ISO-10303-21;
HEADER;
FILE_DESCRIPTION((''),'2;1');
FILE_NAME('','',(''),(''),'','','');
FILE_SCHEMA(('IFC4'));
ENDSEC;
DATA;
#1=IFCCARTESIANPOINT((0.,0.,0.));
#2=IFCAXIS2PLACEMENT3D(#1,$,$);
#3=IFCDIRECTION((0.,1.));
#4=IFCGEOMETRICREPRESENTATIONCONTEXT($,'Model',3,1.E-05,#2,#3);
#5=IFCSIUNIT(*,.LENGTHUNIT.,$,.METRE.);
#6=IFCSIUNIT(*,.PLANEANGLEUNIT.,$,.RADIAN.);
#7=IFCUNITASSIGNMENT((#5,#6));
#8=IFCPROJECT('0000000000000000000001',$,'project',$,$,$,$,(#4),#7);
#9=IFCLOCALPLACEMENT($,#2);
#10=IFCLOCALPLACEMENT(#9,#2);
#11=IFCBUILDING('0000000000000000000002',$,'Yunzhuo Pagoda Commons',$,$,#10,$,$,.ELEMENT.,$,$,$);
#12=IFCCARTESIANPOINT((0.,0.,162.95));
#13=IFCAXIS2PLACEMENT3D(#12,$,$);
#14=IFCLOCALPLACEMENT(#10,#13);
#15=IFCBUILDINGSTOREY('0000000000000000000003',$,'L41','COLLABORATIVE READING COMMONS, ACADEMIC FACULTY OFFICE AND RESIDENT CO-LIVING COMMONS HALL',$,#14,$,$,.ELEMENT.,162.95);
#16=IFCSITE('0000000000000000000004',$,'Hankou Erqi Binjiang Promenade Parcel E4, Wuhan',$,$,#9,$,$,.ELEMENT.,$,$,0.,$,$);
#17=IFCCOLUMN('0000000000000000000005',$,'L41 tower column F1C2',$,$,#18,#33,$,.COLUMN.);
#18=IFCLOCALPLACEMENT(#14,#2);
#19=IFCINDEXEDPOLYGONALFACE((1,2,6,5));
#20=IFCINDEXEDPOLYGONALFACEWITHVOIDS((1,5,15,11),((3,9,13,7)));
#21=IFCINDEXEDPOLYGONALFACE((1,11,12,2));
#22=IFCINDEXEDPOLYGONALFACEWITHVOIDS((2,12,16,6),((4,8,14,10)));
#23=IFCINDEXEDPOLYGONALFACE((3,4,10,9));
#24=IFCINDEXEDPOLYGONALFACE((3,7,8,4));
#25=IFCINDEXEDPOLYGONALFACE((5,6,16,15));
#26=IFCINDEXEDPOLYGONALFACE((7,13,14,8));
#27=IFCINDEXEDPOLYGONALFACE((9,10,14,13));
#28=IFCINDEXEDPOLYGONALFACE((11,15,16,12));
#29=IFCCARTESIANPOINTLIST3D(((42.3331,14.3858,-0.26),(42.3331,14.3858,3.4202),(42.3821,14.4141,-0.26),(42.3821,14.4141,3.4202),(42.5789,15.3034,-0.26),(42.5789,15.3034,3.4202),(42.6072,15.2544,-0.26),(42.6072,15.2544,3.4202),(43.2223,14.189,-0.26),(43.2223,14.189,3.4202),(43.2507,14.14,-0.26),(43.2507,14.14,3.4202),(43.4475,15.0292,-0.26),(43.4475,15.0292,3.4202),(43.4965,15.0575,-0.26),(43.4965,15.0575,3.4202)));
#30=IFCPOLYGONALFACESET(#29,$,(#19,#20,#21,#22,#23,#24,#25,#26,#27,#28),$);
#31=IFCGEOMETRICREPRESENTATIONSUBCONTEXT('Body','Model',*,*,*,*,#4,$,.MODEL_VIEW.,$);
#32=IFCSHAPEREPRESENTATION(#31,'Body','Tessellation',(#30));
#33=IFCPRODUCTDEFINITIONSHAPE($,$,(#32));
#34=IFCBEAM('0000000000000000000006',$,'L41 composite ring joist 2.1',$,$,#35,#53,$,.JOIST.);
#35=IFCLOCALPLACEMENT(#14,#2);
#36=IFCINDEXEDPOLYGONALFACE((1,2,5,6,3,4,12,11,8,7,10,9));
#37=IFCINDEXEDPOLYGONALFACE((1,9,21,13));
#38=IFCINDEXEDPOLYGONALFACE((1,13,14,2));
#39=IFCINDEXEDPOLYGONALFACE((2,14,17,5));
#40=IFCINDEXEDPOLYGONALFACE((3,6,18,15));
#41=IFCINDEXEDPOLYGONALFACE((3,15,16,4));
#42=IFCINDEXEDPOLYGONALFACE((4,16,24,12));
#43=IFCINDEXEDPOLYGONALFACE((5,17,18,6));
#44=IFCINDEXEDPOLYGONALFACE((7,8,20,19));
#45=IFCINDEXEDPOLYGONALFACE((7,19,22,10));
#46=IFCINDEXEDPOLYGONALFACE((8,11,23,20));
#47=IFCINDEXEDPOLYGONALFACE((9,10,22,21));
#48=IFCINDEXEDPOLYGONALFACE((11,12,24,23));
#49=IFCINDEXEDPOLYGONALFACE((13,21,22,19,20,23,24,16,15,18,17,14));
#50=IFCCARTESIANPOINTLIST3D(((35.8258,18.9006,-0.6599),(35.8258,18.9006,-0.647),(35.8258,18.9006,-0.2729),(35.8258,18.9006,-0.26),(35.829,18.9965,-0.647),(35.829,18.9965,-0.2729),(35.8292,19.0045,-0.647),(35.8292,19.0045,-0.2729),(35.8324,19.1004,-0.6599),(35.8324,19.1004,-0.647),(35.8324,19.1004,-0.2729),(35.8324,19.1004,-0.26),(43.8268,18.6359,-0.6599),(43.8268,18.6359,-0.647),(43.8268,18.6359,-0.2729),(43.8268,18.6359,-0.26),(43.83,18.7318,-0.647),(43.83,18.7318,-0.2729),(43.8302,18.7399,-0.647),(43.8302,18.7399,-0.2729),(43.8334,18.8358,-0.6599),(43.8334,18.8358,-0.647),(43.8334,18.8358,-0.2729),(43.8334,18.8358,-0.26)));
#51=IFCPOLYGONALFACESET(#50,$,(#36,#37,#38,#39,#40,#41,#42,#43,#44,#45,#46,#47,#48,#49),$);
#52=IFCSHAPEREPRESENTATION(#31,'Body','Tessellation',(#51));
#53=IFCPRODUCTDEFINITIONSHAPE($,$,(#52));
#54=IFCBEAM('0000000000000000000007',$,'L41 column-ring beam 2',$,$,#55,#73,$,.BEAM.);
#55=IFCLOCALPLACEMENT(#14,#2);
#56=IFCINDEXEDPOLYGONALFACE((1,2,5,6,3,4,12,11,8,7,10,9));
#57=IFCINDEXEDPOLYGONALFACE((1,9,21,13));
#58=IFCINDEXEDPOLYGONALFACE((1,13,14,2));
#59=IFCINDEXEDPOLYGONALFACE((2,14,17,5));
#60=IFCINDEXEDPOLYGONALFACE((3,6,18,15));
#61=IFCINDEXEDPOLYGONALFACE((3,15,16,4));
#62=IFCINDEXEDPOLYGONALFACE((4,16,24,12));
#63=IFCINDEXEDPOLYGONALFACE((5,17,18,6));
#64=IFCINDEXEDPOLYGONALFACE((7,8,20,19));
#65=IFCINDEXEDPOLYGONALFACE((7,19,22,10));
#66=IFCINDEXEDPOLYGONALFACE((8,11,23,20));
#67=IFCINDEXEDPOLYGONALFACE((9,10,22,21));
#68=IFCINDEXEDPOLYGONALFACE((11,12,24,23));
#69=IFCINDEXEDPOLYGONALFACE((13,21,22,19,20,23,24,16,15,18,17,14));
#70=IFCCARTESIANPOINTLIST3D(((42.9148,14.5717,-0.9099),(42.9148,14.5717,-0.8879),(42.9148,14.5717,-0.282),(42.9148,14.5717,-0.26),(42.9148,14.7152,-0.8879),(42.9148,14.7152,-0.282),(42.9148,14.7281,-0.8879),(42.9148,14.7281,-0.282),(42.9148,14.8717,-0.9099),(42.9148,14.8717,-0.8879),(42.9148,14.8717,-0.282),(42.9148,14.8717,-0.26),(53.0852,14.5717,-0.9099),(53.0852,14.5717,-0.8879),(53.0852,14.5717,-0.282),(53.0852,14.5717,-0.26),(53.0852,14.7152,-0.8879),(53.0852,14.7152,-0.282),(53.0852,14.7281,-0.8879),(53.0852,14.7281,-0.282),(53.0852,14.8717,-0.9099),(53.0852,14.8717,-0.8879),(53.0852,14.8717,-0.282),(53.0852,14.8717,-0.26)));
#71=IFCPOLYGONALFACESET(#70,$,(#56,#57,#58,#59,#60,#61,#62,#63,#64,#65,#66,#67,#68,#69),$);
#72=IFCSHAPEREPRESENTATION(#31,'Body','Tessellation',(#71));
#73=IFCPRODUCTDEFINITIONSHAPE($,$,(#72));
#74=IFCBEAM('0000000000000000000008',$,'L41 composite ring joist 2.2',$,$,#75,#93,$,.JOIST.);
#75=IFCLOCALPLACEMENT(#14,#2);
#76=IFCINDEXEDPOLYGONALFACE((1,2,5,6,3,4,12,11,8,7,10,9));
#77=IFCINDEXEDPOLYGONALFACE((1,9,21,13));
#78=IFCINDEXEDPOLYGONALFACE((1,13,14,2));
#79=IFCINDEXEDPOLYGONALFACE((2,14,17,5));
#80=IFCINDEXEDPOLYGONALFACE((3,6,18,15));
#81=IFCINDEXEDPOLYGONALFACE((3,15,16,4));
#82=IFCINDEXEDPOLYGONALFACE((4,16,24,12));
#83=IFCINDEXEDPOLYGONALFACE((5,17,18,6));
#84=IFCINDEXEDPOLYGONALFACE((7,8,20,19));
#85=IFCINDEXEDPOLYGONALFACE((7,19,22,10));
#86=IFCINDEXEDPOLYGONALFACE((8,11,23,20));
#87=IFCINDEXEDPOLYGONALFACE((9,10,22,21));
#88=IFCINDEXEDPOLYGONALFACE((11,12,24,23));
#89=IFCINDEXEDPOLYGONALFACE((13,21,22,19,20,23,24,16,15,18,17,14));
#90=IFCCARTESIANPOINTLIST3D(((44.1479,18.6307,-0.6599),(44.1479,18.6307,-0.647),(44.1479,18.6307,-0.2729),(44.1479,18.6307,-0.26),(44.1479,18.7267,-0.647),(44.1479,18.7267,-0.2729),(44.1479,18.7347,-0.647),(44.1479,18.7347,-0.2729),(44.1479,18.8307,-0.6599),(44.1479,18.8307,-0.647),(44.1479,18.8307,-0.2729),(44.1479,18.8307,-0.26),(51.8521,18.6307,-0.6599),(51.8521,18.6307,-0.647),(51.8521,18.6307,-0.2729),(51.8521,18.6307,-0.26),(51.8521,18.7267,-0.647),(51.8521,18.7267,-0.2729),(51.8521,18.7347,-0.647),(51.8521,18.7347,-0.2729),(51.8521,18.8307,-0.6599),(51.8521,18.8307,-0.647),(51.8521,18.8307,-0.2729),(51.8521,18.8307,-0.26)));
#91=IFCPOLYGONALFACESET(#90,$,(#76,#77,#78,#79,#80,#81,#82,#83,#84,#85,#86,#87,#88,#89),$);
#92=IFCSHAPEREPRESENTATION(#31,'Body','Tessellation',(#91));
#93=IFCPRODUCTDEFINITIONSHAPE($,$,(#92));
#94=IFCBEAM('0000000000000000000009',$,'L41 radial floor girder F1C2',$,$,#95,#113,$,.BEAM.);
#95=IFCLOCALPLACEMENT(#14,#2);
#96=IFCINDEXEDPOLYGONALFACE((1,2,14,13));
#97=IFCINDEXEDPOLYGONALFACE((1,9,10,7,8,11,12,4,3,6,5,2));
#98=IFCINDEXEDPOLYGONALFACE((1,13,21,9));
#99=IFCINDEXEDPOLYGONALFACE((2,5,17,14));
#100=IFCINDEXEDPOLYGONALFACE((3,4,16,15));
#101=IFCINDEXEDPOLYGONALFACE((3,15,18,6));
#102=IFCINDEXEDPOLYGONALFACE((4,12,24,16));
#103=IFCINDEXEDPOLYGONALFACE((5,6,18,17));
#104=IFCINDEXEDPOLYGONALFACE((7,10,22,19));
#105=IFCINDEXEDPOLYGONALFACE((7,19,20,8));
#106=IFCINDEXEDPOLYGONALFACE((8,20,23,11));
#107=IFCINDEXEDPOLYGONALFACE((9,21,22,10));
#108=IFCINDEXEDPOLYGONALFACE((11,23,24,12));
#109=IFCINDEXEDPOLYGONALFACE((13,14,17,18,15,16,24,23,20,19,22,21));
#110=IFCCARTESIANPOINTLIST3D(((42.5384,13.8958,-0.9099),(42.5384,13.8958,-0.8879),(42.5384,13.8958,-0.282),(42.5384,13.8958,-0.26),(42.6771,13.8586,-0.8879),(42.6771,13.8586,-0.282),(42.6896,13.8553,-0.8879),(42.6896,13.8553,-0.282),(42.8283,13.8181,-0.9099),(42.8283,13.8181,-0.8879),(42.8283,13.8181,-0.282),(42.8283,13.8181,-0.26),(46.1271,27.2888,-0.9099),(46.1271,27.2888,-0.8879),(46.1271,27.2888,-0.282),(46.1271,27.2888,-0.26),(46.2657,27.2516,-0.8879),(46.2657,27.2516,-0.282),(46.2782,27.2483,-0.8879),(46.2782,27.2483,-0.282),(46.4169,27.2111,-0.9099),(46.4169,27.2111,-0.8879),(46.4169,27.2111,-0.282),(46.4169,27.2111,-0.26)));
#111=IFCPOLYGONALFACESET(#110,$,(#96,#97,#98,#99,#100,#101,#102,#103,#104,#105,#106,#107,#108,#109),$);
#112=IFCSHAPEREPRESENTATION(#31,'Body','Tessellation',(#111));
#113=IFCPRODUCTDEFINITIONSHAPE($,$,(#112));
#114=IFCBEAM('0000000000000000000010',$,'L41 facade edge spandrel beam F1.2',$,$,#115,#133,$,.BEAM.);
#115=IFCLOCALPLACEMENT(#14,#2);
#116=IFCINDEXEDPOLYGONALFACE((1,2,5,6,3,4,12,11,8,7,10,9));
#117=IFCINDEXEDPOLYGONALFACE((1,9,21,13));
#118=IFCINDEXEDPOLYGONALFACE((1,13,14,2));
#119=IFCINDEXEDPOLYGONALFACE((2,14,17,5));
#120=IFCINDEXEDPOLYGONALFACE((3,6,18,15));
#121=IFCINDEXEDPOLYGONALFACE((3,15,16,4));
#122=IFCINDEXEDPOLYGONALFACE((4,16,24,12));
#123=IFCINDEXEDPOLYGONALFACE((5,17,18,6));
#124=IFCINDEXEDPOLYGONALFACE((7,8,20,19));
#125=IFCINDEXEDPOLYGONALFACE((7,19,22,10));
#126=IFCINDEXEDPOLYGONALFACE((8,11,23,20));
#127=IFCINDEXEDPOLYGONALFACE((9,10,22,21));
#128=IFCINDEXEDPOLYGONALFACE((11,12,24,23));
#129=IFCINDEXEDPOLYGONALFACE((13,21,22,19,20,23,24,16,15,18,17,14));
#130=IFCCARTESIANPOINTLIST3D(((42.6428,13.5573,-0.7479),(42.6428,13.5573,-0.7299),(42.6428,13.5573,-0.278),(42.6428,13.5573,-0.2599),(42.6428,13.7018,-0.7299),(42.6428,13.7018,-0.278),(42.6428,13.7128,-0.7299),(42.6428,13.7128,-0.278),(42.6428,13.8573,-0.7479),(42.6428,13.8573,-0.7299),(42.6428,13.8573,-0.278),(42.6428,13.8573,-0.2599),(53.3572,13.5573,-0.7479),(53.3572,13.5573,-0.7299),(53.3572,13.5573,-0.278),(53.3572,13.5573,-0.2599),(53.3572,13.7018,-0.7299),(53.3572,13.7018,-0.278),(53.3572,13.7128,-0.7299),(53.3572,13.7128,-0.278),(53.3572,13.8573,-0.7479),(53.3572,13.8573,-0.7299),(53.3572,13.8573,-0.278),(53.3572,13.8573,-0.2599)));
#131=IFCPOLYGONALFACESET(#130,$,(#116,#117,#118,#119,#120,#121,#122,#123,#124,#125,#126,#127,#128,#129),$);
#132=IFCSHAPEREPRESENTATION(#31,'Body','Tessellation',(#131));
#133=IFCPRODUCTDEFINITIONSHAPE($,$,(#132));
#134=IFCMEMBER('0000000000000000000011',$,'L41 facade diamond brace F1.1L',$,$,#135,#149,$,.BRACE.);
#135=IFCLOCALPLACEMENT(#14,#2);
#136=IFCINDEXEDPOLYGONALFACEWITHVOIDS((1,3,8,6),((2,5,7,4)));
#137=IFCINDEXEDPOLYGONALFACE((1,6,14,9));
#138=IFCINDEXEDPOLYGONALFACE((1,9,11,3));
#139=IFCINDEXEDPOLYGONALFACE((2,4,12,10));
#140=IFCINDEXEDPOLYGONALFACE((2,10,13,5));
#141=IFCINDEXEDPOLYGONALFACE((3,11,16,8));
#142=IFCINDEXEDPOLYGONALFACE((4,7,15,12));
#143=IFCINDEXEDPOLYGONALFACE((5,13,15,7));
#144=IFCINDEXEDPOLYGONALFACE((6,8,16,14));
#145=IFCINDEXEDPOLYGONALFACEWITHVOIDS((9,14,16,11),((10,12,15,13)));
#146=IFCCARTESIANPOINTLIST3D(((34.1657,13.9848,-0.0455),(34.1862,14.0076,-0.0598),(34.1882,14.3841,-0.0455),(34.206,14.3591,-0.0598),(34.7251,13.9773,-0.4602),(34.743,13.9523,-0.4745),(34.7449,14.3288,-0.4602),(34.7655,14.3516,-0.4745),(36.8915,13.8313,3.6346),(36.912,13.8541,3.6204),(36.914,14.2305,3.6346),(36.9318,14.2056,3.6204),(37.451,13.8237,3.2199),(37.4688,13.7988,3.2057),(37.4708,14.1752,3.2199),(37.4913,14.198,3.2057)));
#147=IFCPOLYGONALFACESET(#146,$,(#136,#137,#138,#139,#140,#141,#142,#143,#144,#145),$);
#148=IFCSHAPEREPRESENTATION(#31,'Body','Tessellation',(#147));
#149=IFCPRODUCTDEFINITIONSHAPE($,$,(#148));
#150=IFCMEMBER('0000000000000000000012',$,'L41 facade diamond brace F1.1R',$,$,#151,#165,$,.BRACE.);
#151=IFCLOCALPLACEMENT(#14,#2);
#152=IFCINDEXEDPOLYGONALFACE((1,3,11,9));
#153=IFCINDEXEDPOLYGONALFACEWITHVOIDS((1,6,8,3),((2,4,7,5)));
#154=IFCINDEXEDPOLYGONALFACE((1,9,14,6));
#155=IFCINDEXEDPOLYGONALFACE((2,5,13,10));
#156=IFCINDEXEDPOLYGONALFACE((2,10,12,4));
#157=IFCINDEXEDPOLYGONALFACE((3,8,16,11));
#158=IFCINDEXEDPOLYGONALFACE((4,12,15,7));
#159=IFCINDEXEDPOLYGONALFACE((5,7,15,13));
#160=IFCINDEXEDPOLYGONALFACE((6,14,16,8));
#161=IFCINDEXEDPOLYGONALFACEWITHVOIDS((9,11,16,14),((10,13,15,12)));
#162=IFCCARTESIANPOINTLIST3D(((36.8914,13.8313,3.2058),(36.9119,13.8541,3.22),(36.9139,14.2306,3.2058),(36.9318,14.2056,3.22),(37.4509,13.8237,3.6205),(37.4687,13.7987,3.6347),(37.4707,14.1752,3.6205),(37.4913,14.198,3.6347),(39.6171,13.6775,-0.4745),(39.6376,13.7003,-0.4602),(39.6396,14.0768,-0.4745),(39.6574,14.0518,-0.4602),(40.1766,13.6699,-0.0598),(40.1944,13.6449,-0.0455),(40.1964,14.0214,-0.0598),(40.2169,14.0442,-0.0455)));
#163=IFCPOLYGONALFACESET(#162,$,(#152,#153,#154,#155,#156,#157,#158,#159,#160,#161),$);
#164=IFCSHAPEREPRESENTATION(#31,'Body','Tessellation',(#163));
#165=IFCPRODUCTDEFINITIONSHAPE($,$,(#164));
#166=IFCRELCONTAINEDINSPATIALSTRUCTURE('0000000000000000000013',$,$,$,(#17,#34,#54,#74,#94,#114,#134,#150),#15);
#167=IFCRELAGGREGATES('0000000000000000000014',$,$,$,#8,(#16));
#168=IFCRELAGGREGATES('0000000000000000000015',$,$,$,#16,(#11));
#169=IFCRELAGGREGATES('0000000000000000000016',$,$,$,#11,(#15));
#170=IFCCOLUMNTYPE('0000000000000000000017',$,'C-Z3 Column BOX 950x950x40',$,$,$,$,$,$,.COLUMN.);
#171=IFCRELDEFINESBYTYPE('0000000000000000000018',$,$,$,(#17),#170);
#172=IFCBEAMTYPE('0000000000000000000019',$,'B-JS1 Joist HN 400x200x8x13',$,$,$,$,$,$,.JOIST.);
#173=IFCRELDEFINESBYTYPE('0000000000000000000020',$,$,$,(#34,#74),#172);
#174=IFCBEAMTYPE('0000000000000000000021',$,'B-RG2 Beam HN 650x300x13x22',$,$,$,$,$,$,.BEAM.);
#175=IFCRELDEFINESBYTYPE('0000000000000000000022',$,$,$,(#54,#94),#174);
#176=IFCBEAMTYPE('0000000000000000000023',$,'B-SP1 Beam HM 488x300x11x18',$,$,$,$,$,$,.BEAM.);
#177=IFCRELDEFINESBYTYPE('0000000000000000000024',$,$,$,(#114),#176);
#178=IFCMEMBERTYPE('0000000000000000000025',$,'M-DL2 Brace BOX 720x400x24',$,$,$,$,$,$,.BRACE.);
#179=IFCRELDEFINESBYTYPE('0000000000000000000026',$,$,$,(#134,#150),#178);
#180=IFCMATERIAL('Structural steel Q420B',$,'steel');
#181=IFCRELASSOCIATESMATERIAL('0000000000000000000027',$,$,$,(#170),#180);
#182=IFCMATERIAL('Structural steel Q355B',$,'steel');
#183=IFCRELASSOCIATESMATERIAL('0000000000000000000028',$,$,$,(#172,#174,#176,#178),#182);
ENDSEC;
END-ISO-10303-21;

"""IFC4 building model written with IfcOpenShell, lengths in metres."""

from ifc_helpers import new_model, si_unit, direction, frame, origin, origin_2d, place, context, subcontext, project, spatial, hollow_rectangle, i_section, extrude, source, transform, mapped, material, material_profile, profile_set, type_object, element, save


model = new_model("IFC4")

# Units and contexts
model_context = context("Model", 3, precision=1e-05, world=origin(), true_north=direction((0.0, 1.0)))
body_context = subcontext(model_context, "Body", "Model", "MODEL_VIEW")
ifc_project = project(units=[si_unit("LENGTHUNIT", "METRE"), si_unit("PLANEANGLEUNIT", "RADIAN")], contexts=[model_context])

# Site, building, storey
site_placement = place(None, origin())
site = spatial("IfcSite", under=ifc_project, at=site_placement, Name="Hankou Erqi Binjiang Promenade Parcel E4, Wuhan", CompositionType="ELEMENT", RefElevation=0.0)
building_placement = place(site_placement, origin())
building = spatial("IfcBuilding", under=site, at=building_placement, Name="Yunzhuo Pagoda Commons", CompositionType="ELEMENT")
storey_placement = place(building_placement, frame((0.0, 0.0, 162.95)))
storey = spatial("IfcBuildingStorey", under=building, at=storey_placement, Name="L41", Description="COLLABORATIVE READING COMMONS, ACADEMIC FACULTY OFFICE AND RESIDENT CO-LIVING COMMONS HALL", CompositionType="ELEMENT", Elevation=162.95)

# Column
ifc_material_1 = material(Name="Structural steel Q420B", Category="steel")
ifc_material_profile_1 = material_profile(ifc_material_1, hollow_rectangle(XDim=0.95, YDim=0.95, WallThickness=0.04, at=origin_2d()), Name="Structural steel Q420B")
ifc_profile_set_1 = profile_set([ifc_material_profile_1], Name="Structural steel Q420B")
column_type = type_object("IfcColumnType", Name="C-Z3 Column BOX 950x950x40", PredefinedType="COLUMN", material=ifc_profile_set_1)
shared_shape_1 = source(origin(), body_context, "Body", "SweptSolid", [
    extrude(hollow_rectangle(XDim=0.95, YDim=0.95, WallThickness=0.04, at=origin_2d()), origin(), (0.0, 0.0, 1.0), 3.6802),
])
column_placement = place(storey_placement, frame((42.9148, 14.7217, -0.26), z_axis=(0.0, 0.0, 1.0), x_axis=(0.965926, -0.258819, 0.0)))
element("IfcColumn", 1, at=column_placement, inside=storey, type_object=column_type, Name="L41 tower column F1C2", PredefinedType="COLUMN", context=body_context, shape_type="MappedRepresentation", body=[
    mapped(shared_shape_1, transform((0.0, 0.0, 0.0), scale=1.0)),
])

# Beams
ifc_material_2 = material(Name="Structural steel Q355B", Category="steel")
ifc_material_profile_2 = material_profile(ifc_material_2, i_section(OverallWidth=0.2, OverallDepth=0.3999, WebThickness=0.0081, FlangeThickness=0.0129, at=origin_2d()), Name="Structural steel Q355B")
ifc_profile_set_2 = profile_set([ifc_material_profile_2], Name="Structural steel Q355B")
beam_type_1 = type_object("IfcBeamType", Name="B-JS1 Joist HN 400x200x8x13", PredefinedType="JOIST", material=ifc_profile_set_2)
shared_shape_2 = source(origin(), body_context, "Body", "SweptSolid", [
    extrude(i_section(OverallWidth=0.2, OverallDepth=0.3999, WebThickness=0.0081, FlangeThickness=0.0129, at=origin_2d()), origin(), (0.0, 0.0, 1.0), 8.0054),
])
beam_1_placement = place(storey_placement, frame((35.8291, 19.0005, -0.46), z_axis=(0.999453, -0.033059, 0.0), x_axis=(0.033059, 0.999453, 0.0)))
element("IfcBeam", 2, at=beam_1_placement, inside=storey, type_object=beam_type_1, Name="L41 composite ring joist 2.1", PredefinedType="JOIST", context=body_context, shape_type="MappedRepresentation", body=[
    mapped(shared_shape_2, transform((0.0, 0.0, 0.0), scale=1.0)),
])
ifc_material_profile_3 = material_profile(ifc_material_2, i_section(OverallWidth=0.3, OverallDepth=0.6499, WebThickness=0.0129, FlangeThickness=0.022, at=origin_2d()), Name="Structural steel Q355B")
ifc_profile_set_3 = profile_set([ifc_material_profile_3], Name="Structural steel Q355B")
beam_type_2 = type_object("IfcBeamType", Name="B-RG2 Beam HN 650x300x13x22", PredefinedType="BEAM", material=ifc_profile_set_3)
shared_shape_3 = source(origin(), body_context, "Body", "SweptSolid", [
    extrude(i_section(OverallWidth=0.3, OverallDepth=0.6499, WebThickness=0.0129, FlangeThickness=0.022, at=origin_2d()), origin(), (0.0, 0.0, 1.0), 10.1704),
])
beam_2_placement = place(storey_placement, frame((42.9148, 14.7217, -0.585), z_axis=(1.0, 0.0, 0.0), x_axis=(0.0, 1.0, 0.0)))
element("IfcBeam", 3, at=beam_2_placement, inside=storey, type_object=beam_type_2, Name="L41 column-ring beam 2", PredefinedType="BEAM", context=body_context, shape_type="MappedRepresentation", body=[
    mapped(shared_shape_3, transform((0.0, 0.0, 0.0), scale=1.0)),
])
shared_shape_4 = source(origin(), body_context, "Body", "SweptSolid", [
    extrude(i_section(OverallWidth=0.2, OverallDepth=0.3999, WebThickness=0.0081, FlangeThickness=0.0129, at=origin_2d()), origin(), (0.0, 0.0, 1.0), 7.7041),
])
beam_3_placement = place(storey_placement, frame((44.1479, 18.7307, -0.46), z_axis=(1.0, 0.0, 0.0), x_axis=(0.0, 1.0, 0.0)))
element("IfcBeam", 4, at=beam_3_placement, inside=storey, type_object=beam_type_1, Name="L41 composite ring joist 2.2", PredefinedType="JOIST", context=body_context, shape_type="MappedRepresentation", body=[
    mapped(shared_shape_4, transform((0.0, 0.0, 0.0), scale=1.0)),
])
shared_shape_5 = source(origin(), body_context, "Body", "SweptSolid", [
    extrude(i_section(OverallWidth=0.3, OverallDepth=0.6499, WebThickness=0.0129, FlangeThickness=0.022, at=origin_2d()), origin(), (0.0, 0.0, 1.0), 13.8655),
])
beam_4_placement = place(storey_placement, frame((42.6833, 13.8569, -0.585), z_axis=(0.258816, 0.965927, 0.0), x_axis=(-0.965927, 0.258816, 0.0)))
element("IfcBeam", 5, at=beam_4_placement, inside=storey, type_object=beam_type_2, Name="L41 radial floor girder F1C2", PredefinedType="BEAM", context=body_context, shape_type="MappedRepresentation", body=[
    mapped(shared_shape_5, transform((0.0, 0.0, 0.0), scale=1.0)),
])
ifc_material_profile_4 = material_profile(ifc_material_2, i_section(OverallWidth=0.3, OverallDepth=0.488, WebThickness=0.011, FlangeThickness=0.0181, at=origin_2d()), Name="Structural steel Q355B")
ifc_profile_set_4 = profile_set([ifc_material_profile_4], Name="Structural steel Q355B")
beam_type_3 = type_object("IfcBeamType", Name="B-SP1 Beam HM 488x300x11x18", PredefinedType="BEAM", material=ifc_profile_set_4)
shared_shape_6 = source(origin(), body_context, "Body", "SweptSolid", [
    extrude(i_section(OverallWidth=0.3, OverallDepth=0.488, WebThickness=0.011, FlangeThickness=0.0181, at=origin_2d()), origin(), (0.0, 0.0, 1.0), 10.7144),
])
beam_5_placement = place(storey_placement, frame((42.6428, 13.7073, -0.5039), z_axis=(1.0, 0.0, 0.0), x_axis=(0.0, 1.0, 0.0)))
element("IfcBeam", 6, at=beam_5_placement, inside=storey, type_object=beam_type_3, Name="L41 facade edge spandrel beam F1.2", PredefinedType="BEAM", context=body_context, shape_type="MappedRepresentation", body=[
    mapped(shared_shape_6, transform((0.0, 0.0, 0.0), scale=1.0)),
])

# Members
ifc_material_profile_5 = material_profile(ifc_material_2, hollow_rectangle(XDim=0.3999, YDim=0.72, WallThickness=0.0239, at=origin_2d()), Name="Structural steel Q355B")
ifc_profile_set_5 = profile_set([ifc_material_profile_5], Name="Structural steel Q355B")
member_type_1 = type_object("IfcMemberType", Name="M-DL2 Brace BOX 720x400x24", PredefinedType="BRACE", material=ifc_profile_set_5)
shared_shape_7 = source(origin(), body_context, "Body", "SweptSolid", [
    extrude(hollow_rectangle(XDim=0.3999, YDim=0.72, WallThickness=0.0239, at=origin_2d()), origin(), (0.0, 0.0, 1.0), 4.5823),
])
for number, where, z_axis, x_axis, name in (
    (7, (34.4656, 14.1682, -0.26), (0.594861, -0.033513, 0.803129), (0.056248, 0.998417, 0.0), "L41 facade diamond brace F1.1L"),
    (8, (39.917, 13.8608, -0.26), (-0.594826, 0.033567, 0.803153), (-0.056342, -0.998412, 0.0), "L41 facade diamond brace F1.1R"),
):
    element("IfcMember", number, at=place(storey_placement, frame(where, z_axis=z_axis, x_axis=x_axis)), inside=storey, type_object=member_type_1, Name=name, PredefinedType="BRACE", context=body_context, shape_type="MappedRepresentation", body=[
        mapped(shared_shape_7, transform((0.0, 0.0, 0.0), scale=1.0)),
    ])

save(model, "model.ifc")
